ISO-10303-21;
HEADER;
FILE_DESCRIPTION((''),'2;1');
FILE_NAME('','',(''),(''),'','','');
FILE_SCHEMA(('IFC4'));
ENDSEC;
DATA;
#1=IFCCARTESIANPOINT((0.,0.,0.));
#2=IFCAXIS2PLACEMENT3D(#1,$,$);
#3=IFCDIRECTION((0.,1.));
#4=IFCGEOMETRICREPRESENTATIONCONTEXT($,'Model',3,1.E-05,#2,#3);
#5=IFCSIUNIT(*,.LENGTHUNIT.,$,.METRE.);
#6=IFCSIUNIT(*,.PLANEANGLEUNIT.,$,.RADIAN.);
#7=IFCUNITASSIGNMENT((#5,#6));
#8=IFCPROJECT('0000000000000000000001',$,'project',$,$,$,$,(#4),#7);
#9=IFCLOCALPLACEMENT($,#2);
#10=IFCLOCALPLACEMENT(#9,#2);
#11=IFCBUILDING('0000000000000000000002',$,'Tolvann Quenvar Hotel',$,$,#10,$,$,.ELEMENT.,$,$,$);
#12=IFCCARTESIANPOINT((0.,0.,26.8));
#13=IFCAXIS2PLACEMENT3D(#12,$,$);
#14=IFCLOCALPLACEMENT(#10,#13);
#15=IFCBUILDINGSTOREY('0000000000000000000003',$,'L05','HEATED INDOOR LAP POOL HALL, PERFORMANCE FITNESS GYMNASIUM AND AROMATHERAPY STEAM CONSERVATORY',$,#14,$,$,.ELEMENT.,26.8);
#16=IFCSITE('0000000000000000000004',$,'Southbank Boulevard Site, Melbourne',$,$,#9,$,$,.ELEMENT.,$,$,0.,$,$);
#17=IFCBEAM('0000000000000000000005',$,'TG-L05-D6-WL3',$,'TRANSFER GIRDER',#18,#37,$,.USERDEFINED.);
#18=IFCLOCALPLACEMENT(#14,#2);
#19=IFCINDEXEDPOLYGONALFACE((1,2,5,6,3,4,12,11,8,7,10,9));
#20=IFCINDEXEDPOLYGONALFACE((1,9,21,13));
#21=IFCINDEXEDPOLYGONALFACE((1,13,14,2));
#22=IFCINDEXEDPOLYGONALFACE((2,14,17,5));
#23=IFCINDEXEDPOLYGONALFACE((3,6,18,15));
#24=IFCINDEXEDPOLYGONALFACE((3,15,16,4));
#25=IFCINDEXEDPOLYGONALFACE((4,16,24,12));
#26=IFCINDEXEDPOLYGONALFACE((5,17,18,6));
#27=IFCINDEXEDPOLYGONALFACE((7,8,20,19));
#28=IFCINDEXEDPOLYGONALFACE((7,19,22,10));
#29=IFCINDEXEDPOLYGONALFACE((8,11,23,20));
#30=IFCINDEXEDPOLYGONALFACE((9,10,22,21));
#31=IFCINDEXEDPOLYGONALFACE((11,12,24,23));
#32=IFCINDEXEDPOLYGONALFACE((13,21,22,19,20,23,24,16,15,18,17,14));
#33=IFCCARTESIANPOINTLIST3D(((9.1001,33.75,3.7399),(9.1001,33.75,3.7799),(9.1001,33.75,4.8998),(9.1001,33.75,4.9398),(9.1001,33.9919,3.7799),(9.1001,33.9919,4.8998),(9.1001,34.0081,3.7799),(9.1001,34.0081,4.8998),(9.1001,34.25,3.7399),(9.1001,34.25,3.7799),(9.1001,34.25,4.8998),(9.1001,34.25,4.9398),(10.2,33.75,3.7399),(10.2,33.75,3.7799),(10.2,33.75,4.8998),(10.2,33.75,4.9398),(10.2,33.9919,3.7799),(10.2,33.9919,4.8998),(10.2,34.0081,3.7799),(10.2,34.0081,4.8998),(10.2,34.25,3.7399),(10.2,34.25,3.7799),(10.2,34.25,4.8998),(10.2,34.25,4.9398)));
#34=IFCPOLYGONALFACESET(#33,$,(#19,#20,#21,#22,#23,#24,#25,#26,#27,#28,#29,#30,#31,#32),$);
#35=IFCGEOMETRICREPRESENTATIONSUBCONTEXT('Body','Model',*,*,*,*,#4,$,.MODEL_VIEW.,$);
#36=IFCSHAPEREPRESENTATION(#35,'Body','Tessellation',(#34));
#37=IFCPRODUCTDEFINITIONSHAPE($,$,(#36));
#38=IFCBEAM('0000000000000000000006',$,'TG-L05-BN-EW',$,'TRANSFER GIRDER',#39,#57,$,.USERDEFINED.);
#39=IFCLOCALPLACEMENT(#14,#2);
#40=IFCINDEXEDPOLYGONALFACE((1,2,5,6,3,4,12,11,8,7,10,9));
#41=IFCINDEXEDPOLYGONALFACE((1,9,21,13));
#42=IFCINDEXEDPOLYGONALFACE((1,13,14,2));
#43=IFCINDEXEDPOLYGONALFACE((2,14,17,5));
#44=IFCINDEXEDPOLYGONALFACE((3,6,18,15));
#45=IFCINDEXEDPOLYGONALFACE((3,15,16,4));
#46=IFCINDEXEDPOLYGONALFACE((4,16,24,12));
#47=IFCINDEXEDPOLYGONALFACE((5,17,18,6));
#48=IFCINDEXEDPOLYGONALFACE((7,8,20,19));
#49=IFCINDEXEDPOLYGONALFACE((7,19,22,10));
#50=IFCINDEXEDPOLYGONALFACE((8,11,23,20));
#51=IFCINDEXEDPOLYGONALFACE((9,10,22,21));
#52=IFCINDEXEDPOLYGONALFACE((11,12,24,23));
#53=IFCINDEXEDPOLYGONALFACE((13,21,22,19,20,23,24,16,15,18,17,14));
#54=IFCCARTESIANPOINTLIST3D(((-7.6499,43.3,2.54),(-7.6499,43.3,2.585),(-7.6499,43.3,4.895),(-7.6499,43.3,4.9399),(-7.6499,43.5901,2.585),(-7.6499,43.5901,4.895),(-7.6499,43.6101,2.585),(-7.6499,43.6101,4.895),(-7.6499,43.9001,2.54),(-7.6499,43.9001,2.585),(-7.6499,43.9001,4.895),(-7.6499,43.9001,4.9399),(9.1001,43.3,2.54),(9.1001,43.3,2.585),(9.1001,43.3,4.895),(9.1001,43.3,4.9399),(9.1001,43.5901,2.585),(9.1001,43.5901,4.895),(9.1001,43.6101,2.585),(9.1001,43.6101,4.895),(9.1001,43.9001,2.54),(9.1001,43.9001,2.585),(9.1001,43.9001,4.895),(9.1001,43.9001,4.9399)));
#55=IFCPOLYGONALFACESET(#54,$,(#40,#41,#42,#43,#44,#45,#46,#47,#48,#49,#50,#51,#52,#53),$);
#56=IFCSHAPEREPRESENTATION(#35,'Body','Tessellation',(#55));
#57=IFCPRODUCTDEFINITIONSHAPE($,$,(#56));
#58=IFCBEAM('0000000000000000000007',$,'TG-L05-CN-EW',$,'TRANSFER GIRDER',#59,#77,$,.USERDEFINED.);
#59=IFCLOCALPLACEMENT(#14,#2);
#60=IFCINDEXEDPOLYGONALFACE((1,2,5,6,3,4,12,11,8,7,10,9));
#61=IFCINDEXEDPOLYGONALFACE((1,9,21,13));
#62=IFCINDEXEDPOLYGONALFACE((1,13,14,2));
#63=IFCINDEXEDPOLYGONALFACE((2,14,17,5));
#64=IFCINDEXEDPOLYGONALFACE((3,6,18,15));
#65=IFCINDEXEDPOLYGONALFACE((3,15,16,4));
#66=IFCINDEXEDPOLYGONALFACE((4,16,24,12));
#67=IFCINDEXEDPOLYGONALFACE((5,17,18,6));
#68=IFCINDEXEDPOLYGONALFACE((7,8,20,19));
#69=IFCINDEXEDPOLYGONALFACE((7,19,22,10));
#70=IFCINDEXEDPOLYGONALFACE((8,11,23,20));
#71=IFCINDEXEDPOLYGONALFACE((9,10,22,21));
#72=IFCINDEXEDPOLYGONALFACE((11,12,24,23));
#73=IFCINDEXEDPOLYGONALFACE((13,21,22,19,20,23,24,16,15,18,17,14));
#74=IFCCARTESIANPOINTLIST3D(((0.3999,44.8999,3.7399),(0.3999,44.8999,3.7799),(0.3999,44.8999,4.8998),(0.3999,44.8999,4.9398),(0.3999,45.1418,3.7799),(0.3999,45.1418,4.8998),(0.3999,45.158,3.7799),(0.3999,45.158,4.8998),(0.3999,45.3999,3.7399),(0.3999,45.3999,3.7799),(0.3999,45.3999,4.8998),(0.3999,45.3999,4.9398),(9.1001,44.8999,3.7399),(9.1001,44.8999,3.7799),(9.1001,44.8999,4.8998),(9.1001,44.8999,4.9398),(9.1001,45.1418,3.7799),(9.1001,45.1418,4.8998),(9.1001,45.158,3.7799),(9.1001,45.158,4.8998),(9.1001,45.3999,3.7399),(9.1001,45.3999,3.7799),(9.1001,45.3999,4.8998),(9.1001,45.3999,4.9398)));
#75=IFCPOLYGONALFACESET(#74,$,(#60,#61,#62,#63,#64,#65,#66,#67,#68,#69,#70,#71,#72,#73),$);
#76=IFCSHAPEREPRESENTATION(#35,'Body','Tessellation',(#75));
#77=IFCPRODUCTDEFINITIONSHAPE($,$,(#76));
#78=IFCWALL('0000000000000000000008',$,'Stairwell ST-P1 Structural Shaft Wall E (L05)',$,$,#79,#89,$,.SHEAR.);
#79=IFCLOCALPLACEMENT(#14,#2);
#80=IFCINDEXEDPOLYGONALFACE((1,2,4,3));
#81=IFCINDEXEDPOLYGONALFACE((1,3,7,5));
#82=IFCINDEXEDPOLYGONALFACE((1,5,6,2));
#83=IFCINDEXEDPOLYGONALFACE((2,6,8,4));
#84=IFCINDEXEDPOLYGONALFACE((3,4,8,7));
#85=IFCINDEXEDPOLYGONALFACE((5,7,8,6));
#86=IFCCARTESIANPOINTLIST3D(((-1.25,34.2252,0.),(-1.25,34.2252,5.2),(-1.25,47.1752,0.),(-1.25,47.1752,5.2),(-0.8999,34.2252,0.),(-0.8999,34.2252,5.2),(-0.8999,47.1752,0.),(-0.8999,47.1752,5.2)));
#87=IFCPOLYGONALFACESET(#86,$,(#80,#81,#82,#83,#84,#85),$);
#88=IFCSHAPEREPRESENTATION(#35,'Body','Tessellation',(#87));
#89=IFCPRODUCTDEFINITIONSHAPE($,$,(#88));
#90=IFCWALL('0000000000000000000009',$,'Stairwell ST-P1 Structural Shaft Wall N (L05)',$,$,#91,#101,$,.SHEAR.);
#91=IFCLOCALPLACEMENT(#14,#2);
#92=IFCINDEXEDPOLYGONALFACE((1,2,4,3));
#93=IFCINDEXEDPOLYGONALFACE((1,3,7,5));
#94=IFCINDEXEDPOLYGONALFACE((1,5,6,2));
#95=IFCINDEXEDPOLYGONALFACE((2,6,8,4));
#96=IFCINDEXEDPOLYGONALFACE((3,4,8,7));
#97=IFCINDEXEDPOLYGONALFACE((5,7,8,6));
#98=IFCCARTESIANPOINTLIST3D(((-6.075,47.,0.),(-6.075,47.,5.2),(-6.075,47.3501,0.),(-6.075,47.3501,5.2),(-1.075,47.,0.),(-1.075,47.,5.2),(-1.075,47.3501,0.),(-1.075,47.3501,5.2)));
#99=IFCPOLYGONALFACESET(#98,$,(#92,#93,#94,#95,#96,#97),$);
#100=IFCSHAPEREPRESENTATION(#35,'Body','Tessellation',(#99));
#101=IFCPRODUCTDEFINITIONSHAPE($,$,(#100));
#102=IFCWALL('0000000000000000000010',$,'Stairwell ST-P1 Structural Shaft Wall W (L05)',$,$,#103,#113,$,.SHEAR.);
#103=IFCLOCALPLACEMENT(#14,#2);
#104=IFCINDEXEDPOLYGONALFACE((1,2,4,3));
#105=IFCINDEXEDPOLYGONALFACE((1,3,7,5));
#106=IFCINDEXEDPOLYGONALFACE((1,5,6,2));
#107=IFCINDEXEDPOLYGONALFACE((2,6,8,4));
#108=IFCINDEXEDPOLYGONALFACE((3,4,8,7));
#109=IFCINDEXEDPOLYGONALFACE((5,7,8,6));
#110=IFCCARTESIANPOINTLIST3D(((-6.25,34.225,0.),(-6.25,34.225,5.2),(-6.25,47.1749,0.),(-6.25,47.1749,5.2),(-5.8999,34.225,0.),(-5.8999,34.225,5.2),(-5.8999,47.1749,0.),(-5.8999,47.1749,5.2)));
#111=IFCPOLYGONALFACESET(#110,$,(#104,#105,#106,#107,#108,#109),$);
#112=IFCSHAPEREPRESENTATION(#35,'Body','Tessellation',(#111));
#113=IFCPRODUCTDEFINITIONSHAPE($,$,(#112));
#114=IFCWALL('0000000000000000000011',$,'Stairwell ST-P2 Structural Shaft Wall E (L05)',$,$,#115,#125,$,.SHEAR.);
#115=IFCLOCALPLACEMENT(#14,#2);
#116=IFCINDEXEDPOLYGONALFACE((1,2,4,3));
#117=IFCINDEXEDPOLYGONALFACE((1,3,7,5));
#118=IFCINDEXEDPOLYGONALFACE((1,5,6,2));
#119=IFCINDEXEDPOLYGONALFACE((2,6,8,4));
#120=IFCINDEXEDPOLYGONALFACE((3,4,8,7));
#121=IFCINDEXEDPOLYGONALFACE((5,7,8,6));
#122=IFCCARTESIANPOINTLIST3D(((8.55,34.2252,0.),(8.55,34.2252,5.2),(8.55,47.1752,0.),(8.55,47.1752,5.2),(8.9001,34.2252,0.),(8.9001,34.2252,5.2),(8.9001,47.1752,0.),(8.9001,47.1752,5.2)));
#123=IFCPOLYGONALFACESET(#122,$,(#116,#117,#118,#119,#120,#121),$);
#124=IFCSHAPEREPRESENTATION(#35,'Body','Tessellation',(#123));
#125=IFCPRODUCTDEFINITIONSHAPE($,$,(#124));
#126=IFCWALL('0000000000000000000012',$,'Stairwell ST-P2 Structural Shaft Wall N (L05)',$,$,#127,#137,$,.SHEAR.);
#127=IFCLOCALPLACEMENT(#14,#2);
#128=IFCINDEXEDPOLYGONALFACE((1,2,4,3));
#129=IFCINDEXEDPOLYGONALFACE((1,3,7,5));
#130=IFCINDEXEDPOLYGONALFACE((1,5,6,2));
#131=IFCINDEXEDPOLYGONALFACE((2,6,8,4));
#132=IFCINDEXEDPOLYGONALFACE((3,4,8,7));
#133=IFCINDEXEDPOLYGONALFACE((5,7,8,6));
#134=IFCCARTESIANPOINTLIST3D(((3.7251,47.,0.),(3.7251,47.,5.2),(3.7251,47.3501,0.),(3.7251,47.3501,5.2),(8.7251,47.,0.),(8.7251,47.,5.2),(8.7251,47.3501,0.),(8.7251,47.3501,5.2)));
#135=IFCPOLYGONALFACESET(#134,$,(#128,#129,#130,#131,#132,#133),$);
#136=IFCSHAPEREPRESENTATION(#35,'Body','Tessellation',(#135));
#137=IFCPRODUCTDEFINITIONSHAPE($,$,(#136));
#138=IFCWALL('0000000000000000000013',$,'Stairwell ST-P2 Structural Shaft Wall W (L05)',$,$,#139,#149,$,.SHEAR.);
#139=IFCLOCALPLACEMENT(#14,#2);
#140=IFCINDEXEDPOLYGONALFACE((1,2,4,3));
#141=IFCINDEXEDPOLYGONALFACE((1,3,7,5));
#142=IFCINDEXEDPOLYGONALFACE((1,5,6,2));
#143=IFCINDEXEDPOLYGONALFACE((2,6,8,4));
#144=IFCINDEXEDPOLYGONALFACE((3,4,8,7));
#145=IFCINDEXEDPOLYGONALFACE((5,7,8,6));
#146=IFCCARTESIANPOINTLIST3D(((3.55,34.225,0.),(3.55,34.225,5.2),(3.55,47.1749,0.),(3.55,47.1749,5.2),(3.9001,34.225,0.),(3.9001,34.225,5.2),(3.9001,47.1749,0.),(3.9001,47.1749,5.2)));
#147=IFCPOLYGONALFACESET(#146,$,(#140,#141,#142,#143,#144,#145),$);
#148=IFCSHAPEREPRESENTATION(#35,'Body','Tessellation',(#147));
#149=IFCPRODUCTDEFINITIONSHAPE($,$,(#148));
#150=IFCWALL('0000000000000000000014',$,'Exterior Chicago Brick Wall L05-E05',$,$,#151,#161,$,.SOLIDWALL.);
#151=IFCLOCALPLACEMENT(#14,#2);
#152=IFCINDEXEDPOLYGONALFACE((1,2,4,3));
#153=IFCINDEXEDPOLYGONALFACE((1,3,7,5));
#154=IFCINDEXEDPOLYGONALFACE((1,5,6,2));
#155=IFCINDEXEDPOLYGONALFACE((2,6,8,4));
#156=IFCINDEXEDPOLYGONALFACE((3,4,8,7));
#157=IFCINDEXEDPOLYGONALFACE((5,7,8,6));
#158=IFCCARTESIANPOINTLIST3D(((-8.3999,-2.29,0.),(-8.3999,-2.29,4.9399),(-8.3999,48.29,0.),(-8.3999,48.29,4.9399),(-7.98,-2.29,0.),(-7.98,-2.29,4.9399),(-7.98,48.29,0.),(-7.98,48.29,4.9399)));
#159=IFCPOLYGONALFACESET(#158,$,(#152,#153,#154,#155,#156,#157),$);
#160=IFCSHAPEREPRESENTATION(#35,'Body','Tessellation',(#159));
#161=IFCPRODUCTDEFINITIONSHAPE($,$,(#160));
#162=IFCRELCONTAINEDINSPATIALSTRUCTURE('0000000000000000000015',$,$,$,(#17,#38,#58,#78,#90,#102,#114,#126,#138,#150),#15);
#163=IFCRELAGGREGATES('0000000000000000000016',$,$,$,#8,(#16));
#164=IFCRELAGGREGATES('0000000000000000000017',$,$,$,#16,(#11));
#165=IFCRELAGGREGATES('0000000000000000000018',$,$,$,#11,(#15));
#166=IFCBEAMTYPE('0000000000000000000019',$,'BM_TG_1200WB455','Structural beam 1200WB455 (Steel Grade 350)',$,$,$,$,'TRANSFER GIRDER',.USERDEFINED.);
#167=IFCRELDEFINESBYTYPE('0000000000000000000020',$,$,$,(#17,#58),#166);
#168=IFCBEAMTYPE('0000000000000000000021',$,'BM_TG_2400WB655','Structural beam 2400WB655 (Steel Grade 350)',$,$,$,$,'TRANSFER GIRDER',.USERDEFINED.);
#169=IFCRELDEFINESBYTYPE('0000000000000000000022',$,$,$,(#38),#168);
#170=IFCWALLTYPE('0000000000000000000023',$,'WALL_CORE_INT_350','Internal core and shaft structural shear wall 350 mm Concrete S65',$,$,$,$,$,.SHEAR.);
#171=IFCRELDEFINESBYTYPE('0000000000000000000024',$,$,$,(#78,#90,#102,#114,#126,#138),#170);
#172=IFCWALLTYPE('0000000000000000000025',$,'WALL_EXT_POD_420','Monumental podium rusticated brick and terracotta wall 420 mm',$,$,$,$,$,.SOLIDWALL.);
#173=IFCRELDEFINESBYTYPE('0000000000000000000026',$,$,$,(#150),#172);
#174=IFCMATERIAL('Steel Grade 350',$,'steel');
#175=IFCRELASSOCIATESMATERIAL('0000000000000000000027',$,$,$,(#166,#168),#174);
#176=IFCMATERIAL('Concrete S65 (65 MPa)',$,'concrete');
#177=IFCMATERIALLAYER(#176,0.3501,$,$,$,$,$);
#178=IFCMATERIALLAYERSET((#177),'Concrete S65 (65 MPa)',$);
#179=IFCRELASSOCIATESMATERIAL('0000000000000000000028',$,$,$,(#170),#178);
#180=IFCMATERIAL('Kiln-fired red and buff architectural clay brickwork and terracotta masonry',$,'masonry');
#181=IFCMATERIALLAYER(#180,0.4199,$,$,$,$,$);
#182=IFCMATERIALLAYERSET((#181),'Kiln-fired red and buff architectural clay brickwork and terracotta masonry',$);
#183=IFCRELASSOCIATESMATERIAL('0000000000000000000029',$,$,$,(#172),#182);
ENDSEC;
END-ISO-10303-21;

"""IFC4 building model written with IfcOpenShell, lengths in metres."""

from ifc_helpers import new_model, si_unit, direction, frame, frame_2d, origin, origin_2d, place, context, subcontext, project, spatial, rectangle, i_section, extrude, source, transform, mapped, material, layer, layer_set, material_profile, profile_set, type_object, type_shapes, element, save


model = new_model("IFC4")

# Units and contexts
model_context = context("Model", 3, precision=1e-05, world=origin(), true_north=direction((0.0, 1.0)))
body_context = subcontext(model_context, "Body", "Model", "MODEL_VIEW")
ifc_project = project(units=[si_unit("LENGTHUNIT", "METRE"), si_unit("PLANEANGLEUNIT", "RADIAN")], contexts=[model_context])

# Site, building, storey
site_placement = place(None, origin())
site = spatial("IfcSite", under=ifc_project, at=site_placement, Name="Southbank Boulevard Site, Melbourne", CompositionType="ELEMENT", RefElevation=0.0)
building_placement = place(site_placement, origin())
building = spatial("IfcBuilding", under=site, at=building_placement, Name="Tolvann Quenvar Hotel", CompositionType="ELEMENT")
storey_placement = place(building_placement, frame((0.0, 0.0, 26.8)))
storey = spatial("IfcBuildingStorey", under=building, at=storey_placement, Name="L05", Description="HEATED INDOOR LAP POOL HALL, PERFORMANCE FITNESS GYMNASIUM AND AROMATHERAPY STEAM CONSERVATORY", CompositionType="ELEMENT", Elevation=26.8)

# Shared definitions
ifc_material_1 = material(Name="Concrete S65 (65 MPa)", Category="concrete")

# Beams
ifc_material_2 = material(Name="Steel Grade 350", Category="steel")
ifc_material_profile_1 = material_profile(ifc_material_2, i_section(OverallWidth=0.5, OverallDepth=1.2, WebThickness=0.0161, FlangeThickness=0.04, at=origin_2d()), Name="1200WB455")
ifc_profile_set_1 = profile_set([ifc_material_profile_1], Name="Steel Grade 350")
beam_type_1 = type_object("IfcBeamType", Name="BM_TG_1200WB455", Description="Structural beam 1200WB455 (Steel Grade 350)", ElementType="TRANSFER GIRDER", PredefinedType="USERDEFINED", material=ifc_profile_set_1)
shared_shape_1 = source(origin(), body_context, "Body", "SweptSolid", [
    extrude(i_section(OverallWidth=0.5, OverallDepth=1.2, WebThickness=0.0161, FlangeThickness=0.04, at=origin_2d()), origin(), (0.0, 0.0, 1.0), 1.0999),
])
beam_1_placement = place(storey_placement, frame((9.1001, 34.0, 4.3398), z_axis=(1.0, 0.0, 0.0), x_axis=(0.0, 1.0, 0.0)))
element("IfcBeam", 1, at=beam_1_placement, inside=storey, type_object=beam_type_1, Name="TG-L05-D6-WL3", ObjectType="TRANSFER GIRDER", PredefinedType="USERDEFINED", context=body_context, shape_type="MappedRepresentation", body=[
    mapped(shared_shape_1, transform((0.0, 0.0, 0.0), x_axis=(1.0, 0.0, 0.0), y_axis=(0.0, 1.0, 0.0), z_axis=(0.0, 0.0, 1.0), scale=1.0)),
])
ifc_material_profile_2 = material_profile(ifc_material_2, i_section(OverallWidth=0.6001, OverallDepth=2.3999, WebThickness=0.02, FlangeThickness=0.0449, at=origin_2d()), Name="2400WB655")
ifc_profile_set_2 = profile_set([ifc_material_profile_2], Name="Steel Grade 350")
beam_type_2 = type_object("IfcBeamType", Name="BM_TG_2400WB655", Description="Structural beam 2400WB655 (Steel Grade 350)", ElementType="TRANSFER GIRDER", PredefinedType="USERDEFINED", material=ifc_profile_set_2)
shared_shape_2 = source(origin(), body_context, "Body", "SweptSolid", [
    extrude(i_section(OverallWidth=0.6001, OverallDepth=2.3999, WebThickness=0.02, FlangeThickness=0.0449, at=origin_2d()), origin(), (0.0, 0.0, 1.0), 16.75),
])
type_shapes(beam_type_2, [shared_shape_2])
beam_2_placement = place(storey_placement, frame((-7.6499, 43.6001, 3.74), z_axis=(1.0, 0.0, 0.0), x_axis=(0.0, 1.0, 0.0)))
element("IfcBeam", 2, at=beam_2_placement, inside=storey, type_object=beam_type_2, Name="TG-L05-BN-EW", ObjectType="TRANSFER GIRDER", PredefinedType="USERDEFINED", context=body_context, shape_type="MappedRepresentation", body=[
    mapped(shared_shape_2, transform((0.0, 0.0, 0.0), x_axis=(1.0, 0.0, 0.0), y_axis=(0.0, 1.0, 0.0), z_axis=(0.0, 0.0, 1.0), scale=1.0)),
])
shared_shape_3 = source(origin(), body_context, "Body", "SweptSolid", [
    extrude(i_section(OverallWidth=0.5, OverallDepth=1.2, WebThickness=0.0161, FlangeThickness=0.04, at=origin_2d()), origin(), (0.0, 0.0, 1.0), 8.7002),
])
type_shapes(beam_type_1, [shared_shape_1, shared_shape_3])
beam_3_placement = place(storey_placement, frame((0.3999, 45.1499, 4.3398), z_axis=(1.0, 0.0, 0.0), x_axis=(0.0, 1.0, 0.0)))
element("IfcBeam", 3, at=beam_3_placement, inside=storey, type_object=beam_type_1, Name="TG-L05-CN-EW", ObjectType="TRANSFER GIRDER", PredefinedType="USERDEFINED", context=body_context, shape_type="MappedRepresentation", body=[
    mapped(shared_shape_3, transform((0.0, 0.0, 0.0), x_axis=(1.0, 0.0, 0.0), y_axis=(0.0, 1.0, 0.0), z_axis=(0.0, 0.0, 1.0), scale=1.0)),
])

# Shared definitions
ifc_layer_1 = layer(ifc_material_1, 0.3501)
ifc_layer_set_1 = layer_set([ifc_layer_1], Name="Concrete S65 (65 MPa)")
wall_type_1 = type_object("IfcWallType", Name="WALL_CORE_INT_350", Description="Internal core and shaft structural shear wall 350 mm Concrete S65", PredefinedType="SHEAR", material=ifc_layer_set_1)

# Walls
wall_1_placement = place(storey_placement, frame((-1.075, 34.2251, 0.0), z_axis=(0.0, 0.0, 1.0), x_axis=(0.0, 1.0, 0.0)))
element("IfcWall", 4, at=wall_1_placement, inside=storey, type_object=wall_type_1, Name="Stairwell ST-P1 Structural Shaft Wall E (L05)", PredefinedType="SHEAR", context=body_context, shape_type="SweptSolid", body=[
    extrude(rectangle(XDim=12.95, YDim=0.3501, at=frame_2d((6.4751, 0.0))), origin(), (0.0, 0.0, 1.0), 5.2),
])
wall_2_placement = place(storey_placement, frame((-1.075, 47.175, 0.0), z_axis=(0.0, 0.0, 1.0), x_axis=(-1.0, 0.0, 0.0)))
element("IfcWall", 5, at=wall_2_placement, inside=storey, type_object=wall_type_1, Name="Stairwell ST-P1 Structural Shaft Wall N (L05)", PredefinedType="SHEAR", context=body_context, shape_type="SweptSolid", body=[
    extrude(rectangle(XDim=5.0, YDim=0.3501, at=frame_2d((2.5, 0.0))), origin(), (0.0, 0.0, 1.0), 5.2),
])
wall_3_placement = place(storey_placement, frame((-6.075, 47.175, 0.0), z_axis=(0.0, 0.0, 1.0), x_axis=(0.0, -1.0, 0.0)))
element("IfcWall", 6, at=wall_3_placement, inside=storey, type_object=wall_type_1, Name="Stairwell ST-P1 Structural Shaft Wall W (L05)", PredefinedType="SHEAR", context=body_context, shape_type="SweptSolid", body=[
    extrude(rectangle(XDim=12.95, YDim=0.3501, at=frame_2d((6.4751, 0.0))), origin(), (0.0, 0.0, 1.0), 5.2),
])

# Walls
wall_4_placement = place(storey_placement, frame((8.7251, 34.2251, 0.0), z_axis=(0.0, 0.0, 1.0), x_axis=(0.0, 1.0, 0.0)))
element("IfcWall", 7, at=wall_4_placement, inside=storey, type_object=wall_type_1, Name="Stairwell ST-P2 Structural Shaft Wall E (L05)", PredefinedType="SHEAR", context=body_context, shape_type="SweptSolid", body=[
    extrude(rectangle(XDim=12.95, YDim=0.3501, at=frame_2d((6.4751, 0.0))), origin(), (0.0, 0.0, 1.0), 5.2),
])
wall_5_placement = place(storey_placement, frame((8.7251, 47.175, 0.0), z_axis=(0.0, 0.0, 1.0), x_axis=(-1.0, 0.0, 0.0)))
element("IfcWall", 8, at=wall_5_placement, inside=storey, type_object=wall_type_1, Name="Stairwell ST-P2 Structural Shaft Wall N (L05)", PredefinedType="SHEAR", context=body_context, shape_type="SweptSolid", body=[
    extrude(rectangle(XDim=5.0, YDim=0.3501, at=frame_2d((2.5, 0.0))), origin(), (0.0, 0.0, 1.0), 5.2),
])
wall_6_placement = place(storey_placement, frame((3.7251, 47.175, 0.0), z_axis=(0.0, 0.0, 1.0), x_axis=(0.0, -1.0, 0.0)))
element("IfcWall", 9, at=wall_6_placement, inside=storey, type_object=wall_type_1, Name="Stairwell ST-P2 Structural Shaft Wall W (L05)", PredefinedType="SHEAR", context=body_context, shape_type="SweptSolid", body=[
    extrude(rectangle(XDim=12.95, YDim=0.3501, at=frame_2d((6.4751, 0.0))), origin(), (0.0, 0.0, 1.0), 5.2),
])
ifc_material_3 = material(Name="Kiln-fired red and buff architectural clay brickwork and terracotta masonry", Category="masonry")
ifc_layer_2 = layer(ifc_material_3, 0.4199)
ifc_layer_set_2 = layer_set([ifc_layer_2], Name="Kiln-fired red and buff architectural clay brickwork and terracotta masonry")
wall_type_2 = type_object("IfcWallType", Name="WALL_EXT_POD_420", Description="Monumental podium rusticated brick and terracotta wall 420 mm", PredefinedType="SOLIDWALL", material=ifc_layer_set_2)
wall_7_placement = place(storey_placement, frame((-8.1899, 48.29, 0.0), z_axis=(0.0, 0.0, 1.0), x_axis=(0.0, -1.0, 0.0)))
element("IfcWall", 10, at=wall_7_placement, inside=storey, type_object=wall_type_2, Name="Exterior Chicago Brick Wall L05-E05", PredefinedType="SOLIDWALL", context=body_context, shape_type="SweptSolid", body=[
    extrude(rectangle(XDim=50.5801, YDim=0.4199, at=frame_2d((25.29, 0.0))), origin(), (0.0, 0.0, 1.0), 4.9399),
])

save(model, "model.ifc")
